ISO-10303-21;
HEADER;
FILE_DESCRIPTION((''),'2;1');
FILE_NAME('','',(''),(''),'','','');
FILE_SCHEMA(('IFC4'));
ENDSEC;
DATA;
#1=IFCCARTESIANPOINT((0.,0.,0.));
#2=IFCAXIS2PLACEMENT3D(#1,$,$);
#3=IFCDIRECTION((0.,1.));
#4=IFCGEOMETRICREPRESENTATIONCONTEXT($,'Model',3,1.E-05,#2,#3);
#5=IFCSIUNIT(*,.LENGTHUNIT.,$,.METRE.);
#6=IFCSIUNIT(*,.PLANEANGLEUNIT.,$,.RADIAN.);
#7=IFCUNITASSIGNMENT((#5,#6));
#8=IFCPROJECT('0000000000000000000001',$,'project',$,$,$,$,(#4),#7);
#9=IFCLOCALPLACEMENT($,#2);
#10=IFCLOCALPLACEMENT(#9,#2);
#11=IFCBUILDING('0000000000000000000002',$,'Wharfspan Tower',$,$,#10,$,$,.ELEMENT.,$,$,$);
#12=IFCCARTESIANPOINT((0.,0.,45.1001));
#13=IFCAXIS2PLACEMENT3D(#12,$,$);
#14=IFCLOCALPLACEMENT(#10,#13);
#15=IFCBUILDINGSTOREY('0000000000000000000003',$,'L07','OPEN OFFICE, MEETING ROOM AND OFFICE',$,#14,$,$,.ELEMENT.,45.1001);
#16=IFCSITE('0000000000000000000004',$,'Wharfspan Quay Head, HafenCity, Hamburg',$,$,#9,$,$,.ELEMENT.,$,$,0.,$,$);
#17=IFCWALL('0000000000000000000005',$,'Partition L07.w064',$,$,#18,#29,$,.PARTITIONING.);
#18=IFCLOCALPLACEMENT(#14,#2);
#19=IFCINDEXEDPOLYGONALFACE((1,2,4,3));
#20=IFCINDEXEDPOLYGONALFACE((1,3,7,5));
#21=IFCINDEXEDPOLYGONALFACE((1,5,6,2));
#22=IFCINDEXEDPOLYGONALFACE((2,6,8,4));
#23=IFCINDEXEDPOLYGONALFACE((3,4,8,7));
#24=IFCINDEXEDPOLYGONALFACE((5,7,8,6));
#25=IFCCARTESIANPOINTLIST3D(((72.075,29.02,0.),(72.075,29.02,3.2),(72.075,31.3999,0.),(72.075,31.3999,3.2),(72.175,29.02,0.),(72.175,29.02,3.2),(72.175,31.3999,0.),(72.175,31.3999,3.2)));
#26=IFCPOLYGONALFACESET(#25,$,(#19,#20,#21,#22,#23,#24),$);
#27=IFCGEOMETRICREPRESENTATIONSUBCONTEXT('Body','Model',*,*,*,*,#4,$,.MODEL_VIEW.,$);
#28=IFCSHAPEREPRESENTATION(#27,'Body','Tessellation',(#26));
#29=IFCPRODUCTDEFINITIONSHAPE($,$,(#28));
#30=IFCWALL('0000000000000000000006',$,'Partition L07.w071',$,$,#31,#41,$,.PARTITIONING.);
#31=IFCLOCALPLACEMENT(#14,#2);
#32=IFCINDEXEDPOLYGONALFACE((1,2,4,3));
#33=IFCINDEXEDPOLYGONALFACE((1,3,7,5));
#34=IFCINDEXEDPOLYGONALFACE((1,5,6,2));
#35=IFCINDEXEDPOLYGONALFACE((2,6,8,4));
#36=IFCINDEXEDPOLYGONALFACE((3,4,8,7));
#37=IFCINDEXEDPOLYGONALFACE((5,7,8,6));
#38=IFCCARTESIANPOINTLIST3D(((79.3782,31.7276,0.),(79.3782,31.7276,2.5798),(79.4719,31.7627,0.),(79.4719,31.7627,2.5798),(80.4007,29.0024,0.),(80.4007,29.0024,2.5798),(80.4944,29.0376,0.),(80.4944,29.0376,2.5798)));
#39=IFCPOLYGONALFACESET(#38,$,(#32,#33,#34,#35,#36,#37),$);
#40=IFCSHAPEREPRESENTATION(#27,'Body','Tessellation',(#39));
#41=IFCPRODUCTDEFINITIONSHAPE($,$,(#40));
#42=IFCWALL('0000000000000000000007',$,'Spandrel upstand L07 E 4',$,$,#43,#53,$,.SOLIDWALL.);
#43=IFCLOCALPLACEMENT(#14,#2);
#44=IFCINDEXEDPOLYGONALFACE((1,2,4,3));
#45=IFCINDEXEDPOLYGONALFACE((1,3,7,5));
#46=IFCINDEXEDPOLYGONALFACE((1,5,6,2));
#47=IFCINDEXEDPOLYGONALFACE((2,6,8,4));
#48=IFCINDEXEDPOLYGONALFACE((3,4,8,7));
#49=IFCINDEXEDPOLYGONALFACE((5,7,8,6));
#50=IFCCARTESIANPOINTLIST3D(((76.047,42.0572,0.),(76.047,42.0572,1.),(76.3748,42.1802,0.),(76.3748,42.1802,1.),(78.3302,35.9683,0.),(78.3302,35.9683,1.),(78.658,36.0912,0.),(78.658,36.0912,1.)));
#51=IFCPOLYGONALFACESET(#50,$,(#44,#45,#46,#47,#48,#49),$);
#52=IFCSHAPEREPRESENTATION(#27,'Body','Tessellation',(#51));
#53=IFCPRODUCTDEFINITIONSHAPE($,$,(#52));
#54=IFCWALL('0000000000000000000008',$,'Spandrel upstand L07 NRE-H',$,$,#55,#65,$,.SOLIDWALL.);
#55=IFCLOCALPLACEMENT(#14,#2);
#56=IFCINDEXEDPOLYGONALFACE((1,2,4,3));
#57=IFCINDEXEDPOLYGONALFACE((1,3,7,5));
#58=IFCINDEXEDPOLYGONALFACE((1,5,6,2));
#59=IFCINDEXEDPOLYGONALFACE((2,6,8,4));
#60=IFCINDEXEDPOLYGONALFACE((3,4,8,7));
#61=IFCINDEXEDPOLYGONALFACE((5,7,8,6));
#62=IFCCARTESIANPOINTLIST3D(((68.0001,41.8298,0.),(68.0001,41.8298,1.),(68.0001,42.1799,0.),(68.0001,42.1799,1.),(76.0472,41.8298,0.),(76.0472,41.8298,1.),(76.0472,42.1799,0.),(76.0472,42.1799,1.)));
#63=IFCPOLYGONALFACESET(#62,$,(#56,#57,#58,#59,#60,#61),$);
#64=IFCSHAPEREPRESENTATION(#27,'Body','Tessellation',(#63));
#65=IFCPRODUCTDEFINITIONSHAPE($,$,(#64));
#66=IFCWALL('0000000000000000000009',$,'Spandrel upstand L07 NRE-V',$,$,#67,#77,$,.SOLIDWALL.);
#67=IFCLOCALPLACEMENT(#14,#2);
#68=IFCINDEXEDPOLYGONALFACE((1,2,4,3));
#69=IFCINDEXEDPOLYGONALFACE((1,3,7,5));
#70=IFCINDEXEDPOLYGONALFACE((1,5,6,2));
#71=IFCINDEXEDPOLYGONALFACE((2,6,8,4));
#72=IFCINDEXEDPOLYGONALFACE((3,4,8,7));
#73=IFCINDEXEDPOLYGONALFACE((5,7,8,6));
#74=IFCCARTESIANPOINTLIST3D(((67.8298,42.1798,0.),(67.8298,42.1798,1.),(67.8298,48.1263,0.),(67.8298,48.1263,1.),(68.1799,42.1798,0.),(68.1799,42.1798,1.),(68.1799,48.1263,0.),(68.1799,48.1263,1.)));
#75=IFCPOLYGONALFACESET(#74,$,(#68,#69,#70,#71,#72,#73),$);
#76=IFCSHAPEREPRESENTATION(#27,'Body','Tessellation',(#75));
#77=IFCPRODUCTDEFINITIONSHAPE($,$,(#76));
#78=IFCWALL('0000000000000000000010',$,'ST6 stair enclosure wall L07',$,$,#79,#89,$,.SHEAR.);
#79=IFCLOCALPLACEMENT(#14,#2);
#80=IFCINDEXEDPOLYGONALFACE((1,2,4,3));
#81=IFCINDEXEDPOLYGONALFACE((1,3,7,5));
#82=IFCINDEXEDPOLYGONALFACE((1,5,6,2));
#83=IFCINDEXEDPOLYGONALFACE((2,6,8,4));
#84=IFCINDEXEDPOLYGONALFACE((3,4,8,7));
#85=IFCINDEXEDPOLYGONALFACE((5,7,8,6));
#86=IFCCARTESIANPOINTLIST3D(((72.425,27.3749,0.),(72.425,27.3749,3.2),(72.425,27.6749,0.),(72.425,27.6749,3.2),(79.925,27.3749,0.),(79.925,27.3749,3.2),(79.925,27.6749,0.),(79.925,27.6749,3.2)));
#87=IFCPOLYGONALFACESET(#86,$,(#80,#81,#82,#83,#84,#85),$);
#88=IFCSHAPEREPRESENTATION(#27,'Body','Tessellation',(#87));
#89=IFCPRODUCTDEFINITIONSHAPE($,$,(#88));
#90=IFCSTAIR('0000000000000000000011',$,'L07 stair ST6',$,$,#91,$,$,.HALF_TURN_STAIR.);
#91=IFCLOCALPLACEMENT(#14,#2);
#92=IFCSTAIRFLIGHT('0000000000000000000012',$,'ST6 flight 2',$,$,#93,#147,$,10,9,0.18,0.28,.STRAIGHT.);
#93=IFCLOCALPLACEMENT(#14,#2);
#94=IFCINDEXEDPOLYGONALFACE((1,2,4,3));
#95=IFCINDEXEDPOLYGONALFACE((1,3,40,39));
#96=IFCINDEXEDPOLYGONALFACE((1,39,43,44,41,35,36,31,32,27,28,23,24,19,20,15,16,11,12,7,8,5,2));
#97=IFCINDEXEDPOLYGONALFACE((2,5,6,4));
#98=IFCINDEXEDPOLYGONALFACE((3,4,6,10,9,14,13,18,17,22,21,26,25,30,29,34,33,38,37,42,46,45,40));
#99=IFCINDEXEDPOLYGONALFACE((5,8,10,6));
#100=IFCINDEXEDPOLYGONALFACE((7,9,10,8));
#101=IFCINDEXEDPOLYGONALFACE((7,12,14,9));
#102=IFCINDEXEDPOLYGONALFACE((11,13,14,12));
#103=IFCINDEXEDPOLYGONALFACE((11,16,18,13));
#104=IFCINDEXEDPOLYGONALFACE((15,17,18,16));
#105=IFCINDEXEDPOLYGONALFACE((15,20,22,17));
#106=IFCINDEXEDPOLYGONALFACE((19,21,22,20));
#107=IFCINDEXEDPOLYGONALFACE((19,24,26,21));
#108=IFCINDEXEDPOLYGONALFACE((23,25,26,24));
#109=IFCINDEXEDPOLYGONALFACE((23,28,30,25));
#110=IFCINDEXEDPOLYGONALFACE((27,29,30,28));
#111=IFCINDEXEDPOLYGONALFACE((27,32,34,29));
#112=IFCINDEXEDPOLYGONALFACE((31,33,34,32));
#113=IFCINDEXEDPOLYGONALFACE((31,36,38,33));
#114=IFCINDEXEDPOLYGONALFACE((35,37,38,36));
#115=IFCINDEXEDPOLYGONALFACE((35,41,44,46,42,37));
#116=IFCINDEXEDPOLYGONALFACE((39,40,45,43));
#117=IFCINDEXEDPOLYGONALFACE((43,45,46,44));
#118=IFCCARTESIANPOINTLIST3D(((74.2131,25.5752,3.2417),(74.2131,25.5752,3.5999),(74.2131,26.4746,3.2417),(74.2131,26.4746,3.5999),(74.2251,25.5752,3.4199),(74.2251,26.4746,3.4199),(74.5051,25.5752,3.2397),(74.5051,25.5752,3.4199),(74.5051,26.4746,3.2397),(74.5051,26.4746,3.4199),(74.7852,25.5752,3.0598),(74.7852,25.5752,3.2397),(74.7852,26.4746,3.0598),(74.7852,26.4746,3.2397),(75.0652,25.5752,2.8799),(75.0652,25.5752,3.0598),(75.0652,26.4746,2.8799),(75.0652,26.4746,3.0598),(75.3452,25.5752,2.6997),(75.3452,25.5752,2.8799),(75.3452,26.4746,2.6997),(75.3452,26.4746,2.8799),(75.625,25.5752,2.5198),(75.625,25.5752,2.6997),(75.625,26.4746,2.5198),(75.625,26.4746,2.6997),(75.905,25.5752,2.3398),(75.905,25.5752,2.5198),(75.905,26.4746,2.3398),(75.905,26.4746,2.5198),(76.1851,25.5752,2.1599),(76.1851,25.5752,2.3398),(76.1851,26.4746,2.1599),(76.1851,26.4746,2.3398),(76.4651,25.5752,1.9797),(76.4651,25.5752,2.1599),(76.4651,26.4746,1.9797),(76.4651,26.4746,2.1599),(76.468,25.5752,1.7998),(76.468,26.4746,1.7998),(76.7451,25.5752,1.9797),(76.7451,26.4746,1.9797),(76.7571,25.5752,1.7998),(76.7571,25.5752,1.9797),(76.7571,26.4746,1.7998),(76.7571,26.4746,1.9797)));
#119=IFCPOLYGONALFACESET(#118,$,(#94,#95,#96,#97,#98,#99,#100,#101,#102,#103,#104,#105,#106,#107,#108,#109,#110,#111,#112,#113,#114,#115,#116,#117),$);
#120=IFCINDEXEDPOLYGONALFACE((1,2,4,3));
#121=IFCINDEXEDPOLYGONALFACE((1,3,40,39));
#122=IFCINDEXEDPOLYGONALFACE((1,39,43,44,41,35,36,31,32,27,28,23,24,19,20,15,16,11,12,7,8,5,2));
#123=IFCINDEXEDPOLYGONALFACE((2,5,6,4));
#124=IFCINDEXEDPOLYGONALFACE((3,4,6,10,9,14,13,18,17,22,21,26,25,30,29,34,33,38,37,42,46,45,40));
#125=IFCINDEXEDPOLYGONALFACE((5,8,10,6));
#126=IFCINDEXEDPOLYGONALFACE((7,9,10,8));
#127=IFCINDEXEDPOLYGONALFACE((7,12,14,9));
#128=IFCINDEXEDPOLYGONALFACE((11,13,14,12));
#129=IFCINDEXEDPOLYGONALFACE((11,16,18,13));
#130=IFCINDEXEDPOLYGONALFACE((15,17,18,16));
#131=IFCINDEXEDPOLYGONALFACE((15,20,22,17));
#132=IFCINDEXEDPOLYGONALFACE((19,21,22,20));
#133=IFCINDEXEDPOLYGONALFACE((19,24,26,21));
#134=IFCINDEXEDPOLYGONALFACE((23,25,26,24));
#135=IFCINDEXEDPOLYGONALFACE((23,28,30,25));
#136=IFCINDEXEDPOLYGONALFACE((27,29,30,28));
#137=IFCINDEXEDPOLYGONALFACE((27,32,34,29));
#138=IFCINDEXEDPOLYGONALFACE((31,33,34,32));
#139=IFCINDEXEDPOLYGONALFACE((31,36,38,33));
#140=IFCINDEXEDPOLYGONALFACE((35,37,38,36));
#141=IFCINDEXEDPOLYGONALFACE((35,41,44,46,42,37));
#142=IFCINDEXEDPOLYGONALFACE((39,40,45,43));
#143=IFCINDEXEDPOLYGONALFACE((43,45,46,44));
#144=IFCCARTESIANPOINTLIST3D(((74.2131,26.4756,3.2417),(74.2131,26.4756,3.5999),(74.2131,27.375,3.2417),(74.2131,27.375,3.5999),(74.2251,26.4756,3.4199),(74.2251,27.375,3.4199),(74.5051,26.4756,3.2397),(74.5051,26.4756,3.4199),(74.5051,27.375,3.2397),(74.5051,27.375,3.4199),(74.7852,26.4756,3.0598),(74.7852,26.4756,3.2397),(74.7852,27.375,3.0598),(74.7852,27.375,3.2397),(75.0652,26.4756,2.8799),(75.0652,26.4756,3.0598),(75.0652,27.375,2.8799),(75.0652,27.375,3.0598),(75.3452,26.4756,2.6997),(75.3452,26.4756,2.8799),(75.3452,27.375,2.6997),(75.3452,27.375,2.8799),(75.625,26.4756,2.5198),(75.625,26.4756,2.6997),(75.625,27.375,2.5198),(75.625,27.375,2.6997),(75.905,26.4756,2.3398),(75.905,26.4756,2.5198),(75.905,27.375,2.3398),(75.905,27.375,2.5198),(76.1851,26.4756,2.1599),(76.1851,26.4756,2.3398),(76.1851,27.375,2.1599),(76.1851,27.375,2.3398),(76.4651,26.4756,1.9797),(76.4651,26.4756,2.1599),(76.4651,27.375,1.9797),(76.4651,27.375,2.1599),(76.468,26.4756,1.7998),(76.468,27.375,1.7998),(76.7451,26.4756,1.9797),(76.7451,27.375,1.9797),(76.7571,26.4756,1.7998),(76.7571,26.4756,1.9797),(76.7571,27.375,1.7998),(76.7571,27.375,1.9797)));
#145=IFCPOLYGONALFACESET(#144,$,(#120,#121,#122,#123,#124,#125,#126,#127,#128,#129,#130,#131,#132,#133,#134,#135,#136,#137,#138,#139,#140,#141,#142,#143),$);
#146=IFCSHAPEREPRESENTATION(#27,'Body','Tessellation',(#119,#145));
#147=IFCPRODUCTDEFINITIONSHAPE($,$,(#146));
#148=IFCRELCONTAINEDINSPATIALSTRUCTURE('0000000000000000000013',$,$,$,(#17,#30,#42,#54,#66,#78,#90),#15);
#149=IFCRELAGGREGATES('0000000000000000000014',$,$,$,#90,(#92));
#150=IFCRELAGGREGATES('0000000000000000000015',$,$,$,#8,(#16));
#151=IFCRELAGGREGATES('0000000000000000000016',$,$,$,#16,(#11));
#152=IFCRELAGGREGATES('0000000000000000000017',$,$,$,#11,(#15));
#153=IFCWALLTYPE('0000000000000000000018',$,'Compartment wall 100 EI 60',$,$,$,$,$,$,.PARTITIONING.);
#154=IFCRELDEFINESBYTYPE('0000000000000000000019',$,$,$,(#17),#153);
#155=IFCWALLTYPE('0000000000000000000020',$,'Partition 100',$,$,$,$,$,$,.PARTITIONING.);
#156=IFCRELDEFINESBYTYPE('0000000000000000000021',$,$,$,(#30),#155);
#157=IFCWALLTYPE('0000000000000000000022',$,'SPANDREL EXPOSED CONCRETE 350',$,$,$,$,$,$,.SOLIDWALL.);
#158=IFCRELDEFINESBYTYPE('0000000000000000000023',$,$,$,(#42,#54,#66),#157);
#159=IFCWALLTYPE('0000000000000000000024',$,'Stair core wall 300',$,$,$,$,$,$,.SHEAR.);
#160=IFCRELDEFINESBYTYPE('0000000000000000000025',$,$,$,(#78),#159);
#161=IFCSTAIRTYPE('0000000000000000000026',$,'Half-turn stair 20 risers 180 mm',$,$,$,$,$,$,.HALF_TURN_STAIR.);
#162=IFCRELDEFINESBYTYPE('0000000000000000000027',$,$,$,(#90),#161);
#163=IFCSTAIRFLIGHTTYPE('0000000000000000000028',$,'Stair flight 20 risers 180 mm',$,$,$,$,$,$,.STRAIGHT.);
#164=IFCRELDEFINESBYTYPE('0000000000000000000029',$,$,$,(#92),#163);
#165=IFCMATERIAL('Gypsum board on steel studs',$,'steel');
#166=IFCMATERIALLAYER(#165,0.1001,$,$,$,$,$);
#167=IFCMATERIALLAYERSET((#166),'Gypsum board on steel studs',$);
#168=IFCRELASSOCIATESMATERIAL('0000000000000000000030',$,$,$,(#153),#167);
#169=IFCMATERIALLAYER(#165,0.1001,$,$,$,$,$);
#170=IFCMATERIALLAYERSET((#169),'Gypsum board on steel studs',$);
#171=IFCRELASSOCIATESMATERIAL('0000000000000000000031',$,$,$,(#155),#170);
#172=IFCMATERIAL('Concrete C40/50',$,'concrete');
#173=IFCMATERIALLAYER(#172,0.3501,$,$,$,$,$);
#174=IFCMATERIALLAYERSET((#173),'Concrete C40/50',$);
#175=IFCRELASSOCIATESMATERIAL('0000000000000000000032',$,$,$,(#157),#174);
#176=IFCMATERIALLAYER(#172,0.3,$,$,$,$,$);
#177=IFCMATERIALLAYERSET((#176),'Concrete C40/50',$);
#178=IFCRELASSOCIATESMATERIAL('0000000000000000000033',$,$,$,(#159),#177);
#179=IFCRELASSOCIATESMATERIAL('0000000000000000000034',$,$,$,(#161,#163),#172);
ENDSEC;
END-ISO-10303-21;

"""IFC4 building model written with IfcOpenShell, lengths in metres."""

from ifc_helpers import new_model, si_unit, direction, frame, frame_2d, origin, place, context, subcontext, project, spatial, polyline, rectangle, outline, extrude, material, layer, layer_set, type_object, element, aggregate, save


model = new_model("IFC4")

# Units and contexts
model_context = context("Model", 3, precision=1e-05, world=origin(), true_north=direction((0.0, 1.0)))
body_context = subcontext(model_context, "Body", "Model", "MODEL_VIEW")
ifc_project = project(units=[si_unit("LENGTHUNIT", "METRE"), si_unit("PLANEANGLEUNIT", "RADIAN")], contexts=[model_context])

# Site, building, storey
site_placement = place(None, origin())
site = spatial("IfcSite", under=ifc_project, at=site_placement, Name="Wharfspan Quay Head, HafenCity, Hamburg", CompositionType="ELEMENT", RefElevation=0.0)
building_placement = place(site_placement, origin())
building = spatial("IfcBuilding", under=site, at=building_placement, Name="Wharfspan Tower", CompositionType="ELEMENT")
storey_placement = place(building_placement, frame((0.0, 0.0, 45.1001)))
storey = spatial("IfcBuildingStorey", under=building, at=storey_placement, Name="L07", Description="OPEN OFFICE, MEETING ROOM AND OFFICE", CompositionType="ELEMENT", Elevation=45.1001)

# Walls
ifc_material_1 = material(Name="Gypsum board on steel studs", Category="steel")
ifc_layer_1 = layer(ifc_material_1, 0.1001)
ifc_layer_set_1 = layer_set([ifc_layer_1], Name="Gypsum board on steel studs")
wall_type_1 = type_object("IfcWallType", Name="Compartment wall 100 EI 60", PredefinedType="PARTITIONING", material=ifc_layer_set_1)
wall_1_placement = place(storey_placement, frame((72.125, 29.02, 0.0), z_axis=(0.0, 0.0, 1.0), x_axis=(0.0, 1.0, 0.0)))
element("IfcWall", 1, at=wall_1_placement, inside=storey, type_object=wall_type_1, Name="Partition L07.w064", PredefinedType="PARTITIONING", context=body_context, shape_type="SweptSolid", body=[
    extrude(rectangle(XDim=2.3799, YDim=0.1001, at=frame_2d((1.1899, 0.0))), origin(), (0.0, 0.0, 1.0), 3.2),
])
ifc_layer_2 = layer(ifc_material_1, 0.1001)
ifc_layer_set_2 = layer_set([ifc_layer_2], Name="Gypsum board on steel studs")
wall_type_2 = type_object("IfcWallType", Name="Partition 100", PredefinedType="PARTITIONING", material=ifc_layer_set_2)
wall_2_placement = place(storey_placement, frame((80.4475, 29.02, 0.0), z_axis=(0.0, 0.0, 1.0), x_axis=(-0.35129, 0.93627, 0.0)))
element("IfcWall", 2, at=wall_2_placement, inside=storey, type_object=wall_type_2, Name="Partition L07.w071", PredefinedType="PARTITIONING", context=body_context, shape_type="SweptSolid", body=[
    extrude(rectangle(XDim=2.9106, YDim=0.1001, at=frame_2d((1.4553, 0.0))), origin(), (0.0, 0.0, 1.0), 2.5798),
])
ifc_material_2 = material(Name="Concrete C40/50", Category="concrete")
ifc_layer_3 = layer(ifc_material_2, 0.3501)
ifc_layer_set_3 = layer_set([ifc_layer_3], Name="Concrete C40/50")
wall_type_3 = type_object("IfcWallType", Name="SPANDREL EXPOSED CONCRETE 350", PredefinedType="SOLIDWALL", material=ifc_layer_set_3)
wall_3_placement = place(storey_placement, frame((78.4941, 36.0298, 0.0), z_axis=(0.0, 0.0, 1.0), x_axis=(-0.351108, 0.936338, 0.0)))
element("IfcWall", 3, at=wall_3_placement, inside=storey, type_object=wall_type_3, Name="Spandrel upstand L07 E 4", PredefinedType="SOLIDWALL", context=body_context, shape_type="SweptSolid", body=[
    extrude(rectangle(XDim=6.5029, YDim=0.3501, at=frame_2d((3.2515, 0.0))), origin(), (0.0, 0.0, 1.0), 1.0),
])
wall_4_placement = place(storey_placement, frame((76.0471, 42.0049, 0.0), z_axis=(0.0, 0.0, 1.0), x_axis=(-1.0, 0.0, 0.0)))
element("IfcWall", 4, at=wall_4_placement, inside=storey, type_object=wall_type_3, Name="Spandrel upstand L07 NRE-H", PredefinedType="SOLIDWALL", context=body_context, shape_type="SweptSolid", body=[
    extrude(rectangle(XDim=8.0471, YDim=0.3501, at=frame_2d((4.0234, 0.0))), origin(), (0.0, 0.0, 1.0), 1.0),
])
wall_5_placement = place(storey_placement, frame((68.0049, 42.1799, 0.0), z_axis=(0.0, 0.0, 1.0), x_axis=(0.0, 1.0, 0.0)))
element("IfcWall", 5, at=wall_5_placement, inside=storey, type_object=wall_type_3, Name="Spandrel upstand L07 NRE-V", PredefinedType="SOLIDWALL", context=body_context, shape_type="SweptSolid", body=[
    extrude(rectangle(XDim=5.9465, YDim=0.3501, at=frame_2d((2.9731, 0.0))), origin(), (0.0, 0.0, 1.0), 1.0),
])
ifc_layer_4 = layer(ifc_material_2, 0.3)
ifc_layer_set_4 = layer_set([ifc_layer_4], Name="Concrete C40/50")
wall_type_4 = type_object("IfcWallType", Name="Stair core wall 300", PredefinedType="SHEAR", material=ifc_layer_set_4)
wall_6_placement = place(storey_placement, frame((72.425, 27.5249, 0.0), z_axis=(0.0, 0.0, 1.0), x_axis=(1.0, 0.0, 0.0)))
element("IfcWall", 6, at=wall_6_placement, inside=storey, type_object=wall_type_4, Name="ST6 stair enclosure wall L07", PredefinedType="SHEAR", context=body_context, shape_type="SweptSolid", body=[
    extrude(rectangle(XDim=7.5, YDim=0.3, at=frame_2d((3.75, 0.0))), origin(), (0.0, 0.0, 1.0), 3.2),
])

# Stair, stair flight
stair_type = type_object("IfcStairType", Name="Half-turn stair 20 risers 180 mm", PredefinedType="HALF_TURN_STAIR", material=ifc_material_2)
stair_placement = place(storey_placement, origin())
stair = element("IfcStair", 7, at=stair_placement, inside=storey, type_object=stair_type, Name="L07 stair ST6", PredefinedType="HALF_TURN_STAIR")
stair_flight_type = type_object("IfcStairFlightType", Name="Stair flight 20 risers 180 mm", PredefinedType="STRAIGHT", material=ifc_material_2)
stair_flight_placement = place(storey_placement, frame((76.7451, 26.4751, 1.7998), z_axis=(0.0, 0.0, 1.0), x_axis=(-1.0, 0.0, 0.0)))
stair_flight = element("IfcStairFlight", 8, at=stair_flight_placement, type_object=stair_flight_type, Name="ST6 flight 2", NumberOfRisers=10, NumberOfTreads=9, PredefinedType="STRAIGHT", RiserHeight=0.18, TreadLength=0.28, context=body_context, shape_type="SweptSolid", body=[
    extrude(outline(polyline([(-0.012, 0.0), (-0.012, 0.1799), (0.0, 0.1799), (0.28, 0.1799), (0.28, 0.3601), (0.5601, 0.3601), (0.5601, 0.54), (0.8401, 0.54), (0.8401, 0.72), (1.1201, 0.72), (1.1201, 0.8999), (1.3999, 0.8999), (1.3999, 1.0801), (1.6799, 1.0801), (1.6799, 1.26), (1.96, 1.26), (1.96, 1.4399), (2.24, 1.4399), (2.24, 1.6201), (2.52, 1.6201), (2.532, 1.8), (2.532, 1.4419), (0.2771, 0.0), (-0.012, 0.0)])), frame((0.0, 0.8999, 0.0), z_axis=(0.0, -1.0, 0.0), x_axis=(1.0, 0.0, 0.0)), (0.0, 0.0, 1.0), 0.8994),
    extrude(outline(polyline([(-0.012, 0.0), (-0.012, 0.1799), (0.0, 0.1799), (0.28, 0.1799), (0.28, 0.3601), (0.5601, 0.3601), (0.5601, 0.54), (0.8401, 0.54), (0.8401, 0.72), (1.1201, 0.72), (1.1201, 0.8999), (1.3999, 0.8999), (1.3999, 1.0801), (1.6799, 1.0801), (1.6799, 1.26), (1.96, 1.26), (1.96, 1.4399), (2.24, 1.4399), (2.24, 1.6201), (2.52, 1.6201), (2.532, 1.8), (2.532, 1.4419), (0.2771, 0.0), (-0.012, 0.0)])), frame((0.0, -0.0005, 0.0), z_axis=(0.0, -1.0, 0.0), x_axis=(1.0, 0.0, 0.0)), (0.0, 0.0, 1.0), 0.8994),
])
aggregate(stair, [stair_flight])

save(model, "model.ifc")
